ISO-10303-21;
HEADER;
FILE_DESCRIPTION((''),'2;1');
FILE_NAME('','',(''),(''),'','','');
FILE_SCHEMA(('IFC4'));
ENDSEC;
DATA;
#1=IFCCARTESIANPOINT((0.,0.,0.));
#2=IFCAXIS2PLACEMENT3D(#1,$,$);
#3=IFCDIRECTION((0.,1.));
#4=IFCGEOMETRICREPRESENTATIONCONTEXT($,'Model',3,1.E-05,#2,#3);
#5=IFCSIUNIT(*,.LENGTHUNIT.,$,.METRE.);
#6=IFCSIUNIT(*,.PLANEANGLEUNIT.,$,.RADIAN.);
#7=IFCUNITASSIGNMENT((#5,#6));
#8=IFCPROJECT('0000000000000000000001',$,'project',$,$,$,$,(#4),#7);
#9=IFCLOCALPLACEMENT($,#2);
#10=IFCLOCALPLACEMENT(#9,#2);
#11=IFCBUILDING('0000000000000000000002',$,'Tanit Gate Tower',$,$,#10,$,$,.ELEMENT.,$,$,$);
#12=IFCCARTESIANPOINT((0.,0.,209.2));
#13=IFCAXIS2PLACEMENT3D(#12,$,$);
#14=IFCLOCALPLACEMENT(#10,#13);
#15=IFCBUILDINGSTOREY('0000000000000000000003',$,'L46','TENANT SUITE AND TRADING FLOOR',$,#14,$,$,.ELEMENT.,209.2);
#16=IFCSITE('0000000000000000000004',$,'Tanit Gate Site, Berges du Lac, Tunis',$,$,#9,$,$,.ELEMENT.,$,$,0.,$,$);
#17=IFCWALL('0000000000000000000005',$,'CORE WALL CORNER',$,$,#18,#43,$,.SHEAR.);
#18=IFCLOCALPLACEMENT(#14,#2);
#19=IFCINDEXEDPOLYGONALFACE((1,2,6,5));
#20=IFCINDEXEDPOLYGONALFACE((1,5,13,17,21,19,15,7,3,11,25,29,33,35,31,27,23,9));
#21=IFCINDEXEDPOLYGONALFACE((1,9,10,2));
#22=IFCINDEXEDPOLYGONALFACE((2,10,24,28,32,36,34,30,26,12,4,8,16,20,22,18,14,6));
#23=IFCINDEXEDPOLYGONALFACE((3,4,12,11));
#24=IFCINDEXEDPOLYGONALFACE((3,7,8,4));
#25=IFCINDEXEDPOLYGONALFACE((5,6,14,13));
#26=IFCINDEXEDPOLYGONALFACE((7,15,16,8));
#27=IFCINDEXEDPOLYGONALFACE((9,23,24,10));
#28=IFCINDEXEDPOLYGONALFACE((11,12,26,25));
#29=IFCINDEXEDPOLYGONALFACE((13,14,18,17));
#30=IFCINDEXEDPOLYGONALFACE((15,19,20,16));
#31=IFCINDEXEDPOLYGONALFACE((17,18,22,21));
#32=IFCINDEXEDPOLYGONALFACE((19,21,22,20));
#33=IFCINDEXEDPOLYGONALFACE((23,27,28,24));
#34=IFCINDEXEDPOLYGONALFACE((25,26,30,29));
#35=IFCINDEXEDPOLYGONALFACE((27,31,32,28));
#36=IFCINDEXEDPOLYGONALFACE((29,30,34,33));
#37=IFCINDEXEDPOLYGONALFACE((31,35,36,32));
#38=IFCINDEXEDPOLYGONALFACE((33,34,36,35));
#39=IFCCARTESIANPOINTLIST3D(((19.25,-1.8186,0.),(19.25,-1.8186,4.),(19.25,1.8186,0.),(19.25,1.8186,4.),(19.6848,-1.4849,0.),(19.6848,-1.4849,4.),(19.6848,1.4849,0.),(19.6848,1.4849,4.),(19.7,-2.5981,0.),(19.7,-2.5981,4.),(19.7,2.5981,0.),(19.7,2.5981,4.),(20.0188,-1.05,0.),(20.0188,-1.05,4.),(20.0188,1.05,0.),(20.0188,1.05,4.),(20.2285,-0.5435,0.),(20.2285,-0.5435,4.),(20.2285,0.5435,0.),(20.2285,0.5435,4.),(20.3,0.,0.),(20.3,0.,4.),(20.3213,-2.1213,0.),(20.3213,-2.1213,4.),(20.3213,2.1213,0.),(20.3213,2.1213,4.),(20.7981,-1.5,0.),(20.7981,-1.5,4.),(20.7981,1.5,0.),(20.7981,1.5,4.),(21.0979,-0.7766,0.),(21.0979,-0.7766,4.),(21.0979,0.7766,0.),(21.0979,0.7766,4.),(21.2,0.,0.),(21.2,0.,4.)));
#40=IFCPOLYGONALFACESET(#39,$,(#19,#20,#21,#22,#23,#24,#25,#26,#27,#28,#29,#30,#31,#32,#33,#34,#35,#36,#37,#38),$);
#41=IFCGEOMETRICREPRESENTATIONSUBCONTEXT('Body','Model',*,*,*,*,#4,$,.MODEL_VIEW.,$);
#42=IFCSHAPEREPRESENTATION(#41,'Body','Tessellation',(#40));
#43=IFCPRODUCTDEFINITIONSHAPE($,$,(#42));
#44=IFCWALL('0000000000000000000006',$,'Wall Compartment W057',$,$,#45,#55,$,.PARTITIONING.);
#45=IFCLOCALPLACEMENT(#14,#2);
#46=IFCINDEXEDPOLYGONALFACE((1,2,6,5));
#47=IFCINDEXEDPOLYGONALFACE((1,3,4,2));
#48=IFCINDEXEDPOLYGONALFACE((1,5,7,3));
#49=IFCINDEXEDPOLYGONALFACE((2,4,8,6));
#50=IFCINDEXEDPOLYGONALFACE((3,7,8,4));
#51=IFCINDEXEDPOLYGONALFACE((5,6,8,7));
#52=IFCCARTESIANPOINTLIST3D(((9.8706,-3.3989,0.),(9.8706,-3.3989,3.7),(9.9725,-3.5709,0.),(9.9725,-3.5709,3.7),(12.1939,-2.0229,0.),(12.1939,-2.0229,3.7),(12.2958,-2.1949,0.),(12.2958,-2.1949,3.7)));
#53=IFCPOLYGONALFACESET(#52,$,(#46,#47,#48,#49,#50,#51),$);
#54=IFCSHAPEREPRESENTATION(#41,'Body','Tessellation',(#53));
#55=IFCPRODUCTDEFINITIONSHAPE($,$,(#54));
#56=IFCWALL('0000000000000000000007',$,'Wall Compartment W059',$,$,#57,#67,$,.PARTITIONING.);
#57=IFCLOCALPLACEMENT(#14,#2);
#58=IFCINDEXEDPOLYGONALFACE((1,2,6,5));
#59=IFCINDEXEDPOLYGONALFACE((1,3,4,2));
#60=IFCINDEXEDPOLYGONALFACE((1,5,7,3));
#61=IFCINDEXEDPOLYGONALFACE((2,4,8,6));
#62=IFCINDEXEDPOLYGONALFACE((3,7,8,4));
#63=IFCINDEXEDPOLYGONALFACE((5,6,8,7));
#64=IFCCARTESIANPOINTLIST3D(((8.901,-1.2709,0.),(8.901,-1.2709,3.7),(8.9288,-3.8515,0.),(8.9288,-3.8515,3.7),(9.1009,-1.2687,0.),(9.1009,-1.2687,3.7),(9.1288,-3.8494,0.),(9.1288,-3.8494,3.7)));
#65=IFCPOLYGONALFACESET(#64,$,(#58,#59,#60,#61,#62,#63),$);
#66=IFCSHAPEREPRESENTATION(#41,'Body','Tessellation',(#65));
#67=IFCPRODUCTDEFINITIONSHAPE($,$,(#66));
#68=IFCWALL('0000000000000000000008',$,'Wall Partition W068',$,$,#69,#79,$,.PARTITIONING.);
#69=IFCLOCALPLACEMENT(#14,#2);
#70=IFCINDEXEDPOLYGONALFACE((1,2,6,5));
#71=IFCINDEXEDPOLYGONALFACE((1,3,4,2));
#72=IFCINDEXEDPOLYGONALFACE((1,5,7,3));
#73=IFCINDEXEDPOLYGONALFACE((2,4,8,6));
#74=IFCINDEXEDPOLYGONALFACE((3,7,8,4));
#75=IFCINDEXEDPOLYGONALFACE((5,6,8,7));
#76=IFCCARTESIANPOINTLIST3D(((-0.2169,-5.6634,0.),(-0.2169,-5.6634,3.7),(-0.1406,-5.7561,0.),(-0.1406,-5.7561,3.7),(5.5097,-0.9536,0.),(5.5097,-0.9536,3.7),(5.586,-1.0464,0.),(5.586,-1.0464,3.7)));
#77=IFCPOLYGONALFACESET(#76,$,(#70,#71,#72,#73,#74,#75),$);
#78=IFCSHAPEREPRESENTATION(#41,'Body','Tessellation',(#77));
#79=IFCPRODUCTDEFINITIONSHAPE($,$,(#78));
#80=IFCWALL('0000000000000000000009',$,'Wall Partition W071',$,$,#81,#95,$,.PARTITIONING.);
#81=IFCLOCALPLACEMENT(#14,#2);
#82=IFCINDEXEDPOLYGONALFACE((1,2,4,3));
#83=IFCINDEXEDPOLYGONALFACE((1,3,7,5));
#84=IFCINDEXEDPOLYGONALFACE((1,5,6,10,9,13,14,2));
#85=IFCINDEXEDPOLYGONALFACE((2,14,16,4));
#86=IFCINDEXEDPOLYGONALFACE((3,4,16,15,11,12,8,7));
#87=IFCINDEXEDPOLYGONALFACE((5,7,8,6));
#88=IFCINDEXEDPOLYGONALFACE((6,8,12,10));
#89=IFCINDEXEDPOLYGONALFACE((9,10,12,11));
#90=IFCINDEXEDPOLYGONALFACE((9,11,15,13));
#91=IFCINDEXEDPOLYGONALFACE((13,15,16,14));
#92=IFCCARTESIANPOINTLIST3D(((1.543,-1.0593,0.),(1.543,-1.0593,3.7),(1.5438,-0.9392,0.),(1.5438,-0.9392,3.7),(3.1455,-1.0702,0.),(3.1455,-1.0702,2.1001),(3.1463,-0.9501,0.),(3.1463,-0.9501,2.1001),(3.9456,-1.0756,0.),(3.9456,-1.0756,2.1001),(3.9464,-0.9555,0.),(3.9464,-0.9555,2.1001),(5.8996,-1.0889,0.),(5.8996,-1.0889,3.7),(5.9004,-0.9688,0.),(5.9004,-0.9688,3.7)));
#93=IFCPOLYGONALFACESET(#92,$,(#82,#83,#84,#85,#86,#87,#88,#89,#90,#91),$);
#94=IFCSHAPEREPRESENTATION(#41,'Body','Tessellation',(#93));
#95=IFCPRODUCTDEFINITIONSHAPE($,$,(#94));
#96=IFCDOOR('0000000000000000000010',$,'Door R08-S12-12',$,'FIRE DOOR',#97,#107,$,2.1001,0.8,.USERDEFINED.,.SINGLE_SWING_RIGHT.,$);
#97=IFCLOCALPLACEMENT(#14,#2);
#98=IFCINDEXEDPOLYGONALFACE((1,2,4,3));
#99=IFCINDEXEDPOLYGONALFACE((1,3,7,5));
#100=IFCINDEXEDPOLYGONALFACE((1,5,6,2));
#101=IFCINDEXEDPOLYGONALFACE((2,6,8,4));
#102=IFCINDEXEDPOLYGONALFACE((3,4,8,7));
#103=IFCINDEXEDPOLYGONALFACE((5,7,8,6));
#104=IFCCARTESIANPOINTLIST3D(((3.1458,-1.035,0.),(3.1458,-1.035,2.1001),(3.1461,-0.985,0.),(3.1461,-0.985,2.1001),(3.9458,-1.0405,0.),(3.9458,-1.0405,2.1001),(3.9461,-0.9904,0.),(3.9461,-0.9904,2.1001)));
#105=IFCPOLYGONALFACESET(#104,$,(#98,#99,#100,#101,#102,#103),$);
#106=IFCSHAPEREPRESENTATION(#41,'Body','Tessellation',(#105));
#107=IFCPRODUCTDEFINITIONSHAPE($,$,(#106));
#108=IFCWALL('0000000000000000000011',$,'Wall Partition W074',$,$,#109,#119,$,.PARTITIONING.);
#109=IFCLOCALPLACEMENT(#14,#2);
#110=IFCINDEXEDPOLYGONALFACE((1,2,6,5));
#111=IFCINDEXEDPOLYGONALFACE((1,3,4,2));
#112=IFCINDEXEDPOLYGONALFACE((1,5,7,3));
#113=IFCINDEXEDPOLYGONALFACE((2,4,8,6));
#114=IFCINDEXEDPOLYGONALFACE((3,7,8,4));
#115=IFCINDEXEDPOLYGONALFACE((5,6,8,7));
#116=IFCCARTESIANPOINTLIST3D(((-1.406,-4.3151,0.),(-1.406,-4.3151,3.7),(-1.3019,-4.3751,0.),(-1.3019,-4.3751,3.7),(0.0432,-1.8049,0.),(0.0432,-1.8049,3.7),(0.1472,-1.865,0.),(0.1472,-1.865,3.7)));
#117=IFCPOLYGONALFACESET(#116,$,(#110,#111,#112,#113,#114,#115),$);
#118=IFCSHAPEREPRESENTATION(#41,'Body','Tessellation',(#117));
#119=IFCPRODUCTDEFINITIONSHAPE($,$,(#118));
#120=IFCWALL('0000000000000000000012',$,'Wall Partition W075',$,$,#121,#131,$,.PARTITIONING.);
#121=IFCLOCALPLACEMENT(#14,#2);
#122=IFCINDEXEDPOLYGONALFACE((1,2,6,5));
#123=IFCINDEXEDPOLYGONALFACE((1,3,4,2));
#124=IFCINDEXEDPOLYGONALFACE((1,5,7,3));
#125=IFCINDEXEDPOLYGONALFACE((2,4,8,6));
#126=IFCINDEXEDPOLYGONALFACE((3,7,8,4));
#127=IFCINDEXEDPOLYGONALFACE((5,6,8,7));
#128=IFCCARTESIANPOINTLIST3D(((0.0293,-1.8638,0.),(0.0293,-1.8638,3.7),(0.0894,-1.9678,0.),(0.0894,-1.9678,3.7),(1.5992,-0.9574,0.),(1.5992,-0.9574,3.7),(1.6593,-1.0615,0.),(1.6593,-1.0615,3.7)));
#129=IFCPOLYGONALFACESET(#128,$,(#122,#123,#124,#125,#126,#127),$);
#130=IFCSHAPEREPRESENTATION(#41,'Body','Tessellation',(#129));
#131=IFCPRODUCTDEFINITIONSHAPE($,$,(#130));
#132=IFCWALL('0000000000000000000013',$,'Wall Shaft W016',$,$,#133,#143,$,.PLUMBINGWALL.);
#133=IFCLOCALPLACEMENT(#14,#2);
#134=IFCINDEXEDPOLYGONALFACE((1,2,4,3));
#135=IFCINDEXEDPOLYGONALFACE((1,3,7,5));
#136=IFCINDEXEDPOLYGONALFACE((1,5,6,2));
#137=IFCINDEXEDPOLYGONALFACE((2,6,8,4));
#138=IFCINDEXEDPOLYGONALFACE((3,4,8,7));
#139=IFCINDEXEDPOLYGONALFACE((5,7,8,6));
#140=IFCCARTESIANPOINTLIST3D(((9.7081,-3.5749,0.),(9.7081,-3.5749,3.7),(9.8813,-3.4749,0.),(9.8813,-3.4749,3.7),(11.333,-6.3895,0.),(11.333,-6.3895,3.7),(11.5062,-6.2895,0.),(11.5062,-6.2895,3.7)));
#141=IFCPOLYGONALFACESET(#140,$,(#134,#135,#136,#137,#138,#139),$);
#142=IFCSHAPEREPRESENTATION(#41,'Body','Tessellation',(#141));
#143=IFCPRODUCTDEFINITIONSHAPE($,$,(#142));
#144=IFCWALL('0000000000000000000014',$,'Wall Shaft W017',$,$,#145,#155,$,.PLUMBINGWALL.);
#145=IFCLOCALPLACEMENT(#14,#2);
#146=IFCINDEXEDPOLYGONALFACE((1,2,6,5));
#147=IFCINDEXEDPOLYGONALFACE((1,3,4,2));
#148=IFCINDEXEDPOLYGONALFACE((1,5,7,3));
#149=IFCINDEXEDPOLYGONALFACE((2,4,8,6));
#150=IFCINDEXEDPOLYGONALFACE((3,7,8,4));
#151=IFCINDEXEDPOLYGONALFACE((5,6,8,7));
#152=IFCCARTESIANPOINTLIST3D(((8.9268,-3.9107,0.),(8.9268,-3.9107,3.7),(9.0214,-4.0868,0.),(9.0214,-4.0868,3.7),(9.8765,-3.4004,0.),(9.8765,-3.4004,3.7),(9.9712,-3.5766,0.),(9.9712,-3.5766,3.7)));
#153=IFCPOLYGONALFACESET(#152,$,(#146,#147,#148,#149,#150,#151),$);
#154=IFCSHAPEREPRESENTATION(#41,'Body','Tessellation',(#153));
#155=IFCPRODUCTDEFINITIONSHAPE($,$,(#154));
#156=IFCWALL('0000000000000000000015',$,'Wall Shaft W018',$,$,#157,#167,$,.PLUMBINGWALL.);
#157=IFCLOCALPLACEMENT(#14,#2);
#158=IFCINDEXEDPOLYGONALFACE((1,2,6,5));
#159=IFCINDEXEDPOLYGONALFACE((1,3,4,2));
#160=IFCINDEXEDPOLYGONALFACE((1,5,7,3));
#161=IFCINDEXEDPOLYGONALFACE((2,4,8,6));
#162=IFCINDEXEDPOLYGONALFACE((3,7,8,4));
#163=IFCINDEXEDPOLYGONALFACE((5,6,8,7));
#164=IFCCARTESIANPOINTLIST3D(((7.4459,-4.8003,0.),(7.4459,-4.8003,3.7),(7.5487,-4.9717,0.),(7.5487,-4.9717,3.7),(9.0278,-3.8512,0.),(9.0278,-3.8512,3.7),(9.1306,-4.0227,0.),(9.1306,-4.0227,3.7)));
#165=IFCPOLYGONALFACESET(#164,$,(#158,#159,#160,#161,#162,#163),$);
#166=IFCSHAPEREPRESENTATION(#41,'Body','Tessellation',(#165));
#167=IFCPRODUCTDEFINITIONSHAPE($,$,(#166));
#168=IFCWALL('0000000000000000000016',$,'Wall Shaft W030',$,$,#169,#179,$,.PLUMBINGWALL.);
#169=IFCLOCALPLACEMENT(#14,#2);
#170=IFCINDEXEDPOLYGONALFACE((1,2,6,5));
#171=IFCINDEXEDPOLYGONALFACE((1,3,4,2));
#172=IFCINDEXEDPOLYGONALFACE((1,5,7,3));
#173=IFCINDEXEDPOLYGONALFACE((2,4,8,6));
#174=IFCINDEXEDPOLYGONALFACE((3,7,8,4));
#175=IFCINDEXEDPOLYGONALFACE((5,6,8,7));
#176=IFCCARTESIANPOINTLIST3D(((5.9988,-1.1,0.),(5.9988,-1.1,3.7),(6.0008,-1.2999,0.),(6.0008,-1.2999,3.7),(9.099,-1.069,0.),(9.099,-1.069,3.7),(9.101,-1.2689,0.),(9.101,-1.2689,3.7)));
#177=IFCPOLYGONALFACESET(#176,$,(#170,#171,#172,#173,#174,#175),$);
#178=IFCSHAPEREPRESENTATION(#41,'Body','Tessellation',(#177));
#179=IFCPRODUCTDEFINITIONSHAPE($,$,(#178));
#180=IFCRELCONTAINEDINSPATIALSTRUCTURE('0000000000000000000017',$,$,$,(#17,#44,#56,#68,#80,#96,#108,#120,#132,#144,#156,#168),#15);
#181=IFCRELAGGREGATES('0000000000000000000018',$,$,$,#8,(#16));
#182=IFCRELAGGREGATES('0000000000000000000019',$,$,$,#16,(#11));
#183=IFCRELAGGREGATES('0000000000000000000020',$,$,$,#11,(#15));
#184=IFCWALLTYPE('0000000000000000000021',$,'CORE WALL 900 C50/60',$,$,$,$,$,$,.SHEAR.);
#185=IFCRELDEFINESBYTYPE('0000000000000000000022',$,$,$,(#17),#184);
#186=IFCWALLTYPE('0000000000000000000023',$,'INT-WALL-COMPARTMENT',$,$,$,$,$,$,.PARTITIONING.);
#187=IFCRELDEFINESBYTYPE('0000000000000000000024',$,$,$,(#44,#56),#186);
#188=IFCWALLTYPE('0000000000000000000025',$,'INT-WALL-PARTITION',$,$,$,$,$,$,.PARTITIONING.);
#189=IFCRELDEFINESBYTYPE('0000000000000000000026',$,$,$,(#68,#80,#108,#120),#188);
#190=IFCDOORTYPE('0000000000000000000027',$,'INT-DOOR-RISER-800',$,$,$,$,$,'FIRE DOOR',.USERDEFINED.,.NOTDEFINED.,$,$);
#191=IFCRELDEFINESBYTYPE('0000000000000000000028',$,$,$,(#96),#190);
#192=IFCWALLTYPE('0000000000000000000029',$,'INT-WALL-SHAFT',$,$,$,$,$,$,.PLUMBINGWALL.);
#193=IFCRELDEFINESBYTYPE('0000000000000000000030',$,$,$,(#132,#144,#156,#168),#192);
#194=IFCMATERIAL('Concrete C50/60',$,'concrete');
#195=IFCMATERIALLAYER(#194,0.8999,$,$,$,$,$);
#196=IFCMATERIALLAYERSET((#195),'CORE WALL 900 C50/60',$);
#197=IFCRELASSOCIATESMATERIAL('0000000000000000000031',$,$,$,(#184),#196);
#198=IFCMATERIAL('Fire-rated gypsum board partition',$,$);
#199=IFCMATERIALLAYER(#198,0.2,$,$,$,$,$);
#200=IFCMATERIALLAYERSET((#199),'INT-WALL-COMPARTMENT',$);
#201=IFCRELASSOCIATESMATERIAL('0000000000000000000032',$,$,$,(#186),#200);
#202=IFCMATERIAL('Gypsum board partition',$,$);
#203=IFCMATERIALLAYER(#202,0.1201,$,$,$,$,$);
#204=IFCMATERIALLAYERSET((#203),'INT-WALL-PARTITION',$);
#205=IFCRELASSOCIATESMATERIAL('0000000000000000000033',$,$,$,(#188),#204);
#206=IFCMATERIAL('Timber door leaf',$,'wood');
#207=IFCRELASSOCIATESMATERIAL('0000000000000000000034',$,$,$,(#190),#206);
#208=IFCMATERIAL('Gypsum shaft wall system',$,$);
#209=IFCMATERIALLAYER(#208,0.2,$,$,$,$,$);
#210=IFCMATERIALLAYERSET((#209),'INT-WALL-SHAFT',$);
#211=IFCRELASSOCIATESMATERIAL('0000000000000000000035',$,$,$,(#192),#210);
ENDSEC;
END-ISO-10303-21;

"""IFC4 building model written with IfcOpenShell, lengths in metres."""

from ifc_helpers import new_model, si_unit, direction, frame, frame_2d, origin, place, context, subcontext, project, spatial, polyline, rectangle, outline, extrude, material, layer, layer_set, type_object, element, fill, save


model = new_model("IFC4")

# Units and contexts
model_context = context("Model", 3, precision=1e-05, world=origin(), true_north=direction((0.0, 1.0)))
body_context = subcontext(model_context, "Body", "Model", "MODEL_VIEW")
ifc_project = project(units=[si_unit("LENGTHUNIT", "METRE"), si_unit("PLANEANGLEUNIT", "RADIAN")], contexts=[model_context])

# Site, building, storey
site_placement = place(None, origin())
site = spatial("IfcSite", under=ifc_project, at=site_placement, Name="Tanit Gate Site, Berges du Lac, Tunis", CompositionType="ELEMENT", RefElevation=0.0)
building_placement = place(site_placement, origin())
building = spatial("IfcBuilding", under=site, at=building_placement, Name="Tanit Gate Tower", CompositionType="ELEMENT")
storey_placement = place(building_placement, frame((0.0, 0.0, 209.2)))
storey = spatial("IfcBuildingStorey", under=building, at=storey_placement, Name="L46", Description="TENANT SUITE AND TRADING FLOOR", CompositionType="ELEMENT", Elevation=209.2)

# Walls
ifc_material_1 = material(Name="Concrete C50/60", Category="concrete")
ifc_layer_1 = layer(ifc_material_1, 0.8999)
ifc_layer_set_1 = layer_set([ifc_layer_1], Name="CORE WALL 900 C50/60")
wall_type_1 = type_object("IfcWallType", Name="CORE WALL 900 C50/60", PredefinedType="SHEAR", material=ifc_layer_set_1)
wall_1_placement = place(storey_placement, origin())
element("IfcWall", 1, at=wall_1_placement, inside=storey, type_object=wall_type_1, Name="CORE WALL CORNER", PredefinedType="SHEAR", context=body_context, shape_type="SweptSolid", body=[
    extrude(outline(polyline([(19.7, -2.5981), (20.3213, -2.1213), (20.7981, -1.5), (21.0979, -0.7766), (21.2, 0.0), (21.0979, 0.7766), (20.7981, 1.5), (20.3213, 2.1213), (19.7, 2.5981), (19.25, 1.8186), (19.6848, 1.4849), (20.0188, 1.05), (20.2285, 0.5435), (20.3, 0.0), (20.2285, -0.5435), (20.0188, -1.05), (19.6848, -1.4849), (19.25, -1.8186), (19.7, -2.5981)])), origin(), (0.0, 0.0, 1.0), 4.0),
])
ifc_material_2 = material(Name="Fire-rated gypsum board partition")
ifc_layer_2 = layer(ifc_material_2, 0.2)
ifc_layer_set_2 = layer_set([ifc_layer_2], Name="INT-WALL-COMPARTMENT")
wall_type_2 = type_object("IfcWallType", Name="INT-WALL-COMPARTMENT", PredefinedType="PARTITIONING", material=ifc_layer_set_2)
wall_2_placement = place(storey_placement, frame((12.2449, -2.1089, 0.0), z_axis=(0.0, 0.0, 1.0), x_axis=(-0.860415, -0.509594, 0.0)))
element("IfcWall", 2, at=wall_2_placement, inside=storey, type_object=wall_type_2, Name="Wall Compartment W057", PredefinedType="PARTITIONING", context=body_context, shape_type="SweptSolid", body=[
    extrude(rectangle(XDim=2.7002, YDim=0.2, at=frame_2d((1.3501, 0.0))), origin(), (0.0, 0.0, 1.0), 3.7),
])
wall_3_placement = place(storey_placement, frame((9.0288, -3.8506, 0.0), z_axis=(0.0, 0.0, 1.0), x_axis=(-0.010785, 0.999942, 0.0)))
element("IfcWall", 3, at=wall_3_placement, inside=storey, type_object=wall_type_2, Name="Wall Compartment W059", PredefinedType="PARTITIONING", context=body_context, shape_type="SweptSolid", body=[
    extrude(rectangle(XDim=2.5808, YDim=0.2, at=frame_2d((1.2905, 0.0))), origin(), (0.0, 0.0, 1.0), 3.7),
])
ifc_material_3 = material(Name="Gypsum board partition")
ifc_layer_3 = layer(ifc_material_3, 0.1201)
ifc_layer_set_3 = layer_set([ifc_layer_3], Name="INT-WALL-PARTITION")
wall_type_3 = type_object("IfcWallType", Name="INT-WALL-PARTITION", PredefinedType="PARTITIONING", material=ifc_layer_set_3)
wall_4_placement = place(storey_placement, frame((5.5479, -1.0, 0.0), z_axis=(0.0, 0.0, 1.0), x_axis=(-0.772345, -0.635203, 0.0)))
element("IfcWall", 4, at=wall_4_placement, inside=storey, type_object=wall_type_3, Name="Wall Partition W068", PredefinedType="PARTITIONING", context=body_context, shape_type="SweptSolid", body=[
    extrude(rectangle(XDim=7.4146, YDim=0.1201, at=frame_2d((3.7073, 0.0))), origin(), (0.0, 0.0, 1.0), 3.7),
])

# Wall, opening, door
wall_5_placement = place(storey_placement, frame((5.8999, -1.0288, 0.0), z_axis=(0.0, 0.0, 1.0), x_axis=(-0.999977, 0.00678, 0.0)))
wall_5 = element("IfcWall", 5, at=wall_5_placement, inside=storey, type_object=wall_type_3, Name="Wall Partition W071", PredefinedType="PARTITIONING", context=body_context, shape_type="SweptSolid", body=[
    extrude(rectangle(XDim=4.3567, YDim=0.1201, at=frame_2d((2.1782, 0.0))), origin(), (0.0, 0.0, 1.0), 3.7),
])
opening_1_placement = place(wall_5_placement, frame((1.9541, 0.0, 0.0)))
opening_1 = element("IfcOpeningElement", 6, at=opening_1_placement, cuts=wall_5, PredefinedType="OPENING", context=body_context, shape_type="SweptSolid", body=[
    extrude(rectangle(XDim=0.8, YDim=2.1001, at=frame_2d((0.3999, 1.05))), frame((0.0, 0.0701, 0.0), z_axis=(0.0, -1.0, 0.0), x_axis=(1.0, 0.0, 0.0)), (0.0, 0.0, 1.0), 0.1401),
])
ifc_material_4 = material(Name="Timber door leaf", Category="wood")
door_type_1 = type_object("IfcDoorType", Name="INT-DOOR-RISER-800", ElementType="FIRE DOOR", OperationType="NOTDEFINED", PredefinedType="USERDEFINED", material=ifc_material_4)
door_1_placement = place(opening_1_placement, origin())
door_1 = element("IfcDoor", 7, at=door_1_placement, inside=storey, type_object=door_type_1, Name="Door R08-S12-12", ObjectType="FIRE DOOR", OperationType="SINGLE_SWING_RIGHT", OverallHeight=2.1001, OverallWidth=0.8, PredefinedType="USERDEFINED", context=body_context, shape_type="SweptSolid", body=[
    extrude(rectangle(XDim=0.8, YDim=2.1001, at=frame_2d((0.3999, 1.05))), frame((0.0, 0.0249, 0.0), z_axis=(0.0, -1.0, 0.0), x_axis=(1.0, 0.0, 0.0)), (0.0, 0.0, 1.0), 0.05),
])
fill(opening_1, door_1)

# Walls
wall_6_placement = place(storey_placement, frame((0.0952, -1.835, 0.0), z_axis=(0.0, 0.0, 1.0), x_axis=(-0.49998, -0.866037, 0.0)))
element("IfcWall", 8, at=wall_6_placement, inside=storey, type_object=wall_type_3, Name="Wall Partition W074", PredefinedType="PARTITIONING", context=body_context, shape_type="SweptSolid", body=[
    extrude(rectangle(XDim=2.8984, YDim=0.1201, at=frame_2d((1.4492, 0.0))), origin(), (0.0, 0.0, 1.0), 3.7),
])
wall_7_placement = place(storey_placement, frame((1.6292, -1.0095, 0.0), z_axis=(0.0, 0.0, 1.0), x_axis=(-0.866047, -0.499963, 0.0)))
element("IfcWall", 9, at=wall_7_placement, inside=storey, type_object=wall_type_3, Name="Wall Partition W075", PredefinedType="PARTITIONING", context=body_context, shape_type="SweptSolid", body=[
    extrude(rectangle(XDim=1.8127, YDim=0.1201, at=frame_2d((0.9062, 0.0))), origin(), (0.0, 0.0, 1.0), 3.7),
])
ifc_material_5 = material(Name="Gypsum shaft wall system")
ifc_layer_4 = layer(ifc_material_5, 0.2)
ifc_layer_set_4 = layer_set([ifc_layer_4], Name="INT-WALL-SHAFT")
wall_type_4 = type_object("IfcWallType", Name="INT-WALL-SHAFT", PredefinedType="PLUMBINGWALL", material=ifc_layer_set_4)
wall_8_placement = place(storey_placement, frame((9.7947, -3.5249, 0.0), z_axis=(0.0, 0.0, 1.0), x_axis=(0.499985, -0.866034, 0.0)))
element("IfcWall", 10, at=wall_8_placement, inside=storey, type_object=wall_type_4, Name="Wall Shaft W016", PredefinedType="PLUMBINGWALL", context=body_context, shape_type="SweptSolid", body=[
    extrude(rectangle(XDim=3.25, YDim=0.2, at=frame_2d((1.625, 0.0))), origin(), (0.0, 0.0, 1.0), 3.7),
])
wall_9_placement = place(storey_placement, frame((8.9741, -3.9988, 0.0), z_axis=(0.0, 0.0, 1.0), x_axis=(0.880907, 0.473289, 0.0)))
element("IfcWall", 11, at=wall_9_placement, inside=storey, type_object=wall_type_4, Name="Wall Shaft W017", PredefinedType="PLUMBINGWALL", context=body_context, shape_type="SweptSolid", body=[
    extrude(rectangle(XDim=1.0781, YDim=0.2, at=frame_2d((0.5391, 0.0))), origin(), (0.0, 0.0, 1.0), 3.7),
])
wall_10_placement = place(storey_placement, frame((7.4973, -4.886, 0.0), z_axis=(0.0, 0.0, 1.0), x_axis=(0.857516, 0.514457, 0.0)))
element("IfcWall", 12, at=wall_10_placement, inside=storey, type_object=wall_type_4, Name="Wall Shaft W018", PredefinedType="PLUMBINGWALL", context=body_context, shape_type="SweptSolid", body=[
    extrude(rectangle(XDim=1.8447, YDim=0.2, at=frame_2d((0.9224, 0.0))), origin(), (0.0, 0.0, 1.0), 3.7),
])
wall_11_placement = place(storey_placement, frame((9.1001, -1.1689, 0.0), z_axis=(0.0, 0.0, 1.0), x_axis=(-0.99995, -0.010001, 0.0)))
element("IfcWall", 13, at=wall_11_placement, inside=storey, type_object=wall_type_4, Name="Wall Shaft W030", PredefinedType="PLUMBINGWALL", context=body_context, shape_type="SweptSolid", body=[
    extrude(rectangle(XDim=3.1003, YDim=0.2, at=frame_2d((1.5503, 0.0))), origin(), (0.0, 0.0, 1.0), 3.7),
])

save(model, "model.ifc")
